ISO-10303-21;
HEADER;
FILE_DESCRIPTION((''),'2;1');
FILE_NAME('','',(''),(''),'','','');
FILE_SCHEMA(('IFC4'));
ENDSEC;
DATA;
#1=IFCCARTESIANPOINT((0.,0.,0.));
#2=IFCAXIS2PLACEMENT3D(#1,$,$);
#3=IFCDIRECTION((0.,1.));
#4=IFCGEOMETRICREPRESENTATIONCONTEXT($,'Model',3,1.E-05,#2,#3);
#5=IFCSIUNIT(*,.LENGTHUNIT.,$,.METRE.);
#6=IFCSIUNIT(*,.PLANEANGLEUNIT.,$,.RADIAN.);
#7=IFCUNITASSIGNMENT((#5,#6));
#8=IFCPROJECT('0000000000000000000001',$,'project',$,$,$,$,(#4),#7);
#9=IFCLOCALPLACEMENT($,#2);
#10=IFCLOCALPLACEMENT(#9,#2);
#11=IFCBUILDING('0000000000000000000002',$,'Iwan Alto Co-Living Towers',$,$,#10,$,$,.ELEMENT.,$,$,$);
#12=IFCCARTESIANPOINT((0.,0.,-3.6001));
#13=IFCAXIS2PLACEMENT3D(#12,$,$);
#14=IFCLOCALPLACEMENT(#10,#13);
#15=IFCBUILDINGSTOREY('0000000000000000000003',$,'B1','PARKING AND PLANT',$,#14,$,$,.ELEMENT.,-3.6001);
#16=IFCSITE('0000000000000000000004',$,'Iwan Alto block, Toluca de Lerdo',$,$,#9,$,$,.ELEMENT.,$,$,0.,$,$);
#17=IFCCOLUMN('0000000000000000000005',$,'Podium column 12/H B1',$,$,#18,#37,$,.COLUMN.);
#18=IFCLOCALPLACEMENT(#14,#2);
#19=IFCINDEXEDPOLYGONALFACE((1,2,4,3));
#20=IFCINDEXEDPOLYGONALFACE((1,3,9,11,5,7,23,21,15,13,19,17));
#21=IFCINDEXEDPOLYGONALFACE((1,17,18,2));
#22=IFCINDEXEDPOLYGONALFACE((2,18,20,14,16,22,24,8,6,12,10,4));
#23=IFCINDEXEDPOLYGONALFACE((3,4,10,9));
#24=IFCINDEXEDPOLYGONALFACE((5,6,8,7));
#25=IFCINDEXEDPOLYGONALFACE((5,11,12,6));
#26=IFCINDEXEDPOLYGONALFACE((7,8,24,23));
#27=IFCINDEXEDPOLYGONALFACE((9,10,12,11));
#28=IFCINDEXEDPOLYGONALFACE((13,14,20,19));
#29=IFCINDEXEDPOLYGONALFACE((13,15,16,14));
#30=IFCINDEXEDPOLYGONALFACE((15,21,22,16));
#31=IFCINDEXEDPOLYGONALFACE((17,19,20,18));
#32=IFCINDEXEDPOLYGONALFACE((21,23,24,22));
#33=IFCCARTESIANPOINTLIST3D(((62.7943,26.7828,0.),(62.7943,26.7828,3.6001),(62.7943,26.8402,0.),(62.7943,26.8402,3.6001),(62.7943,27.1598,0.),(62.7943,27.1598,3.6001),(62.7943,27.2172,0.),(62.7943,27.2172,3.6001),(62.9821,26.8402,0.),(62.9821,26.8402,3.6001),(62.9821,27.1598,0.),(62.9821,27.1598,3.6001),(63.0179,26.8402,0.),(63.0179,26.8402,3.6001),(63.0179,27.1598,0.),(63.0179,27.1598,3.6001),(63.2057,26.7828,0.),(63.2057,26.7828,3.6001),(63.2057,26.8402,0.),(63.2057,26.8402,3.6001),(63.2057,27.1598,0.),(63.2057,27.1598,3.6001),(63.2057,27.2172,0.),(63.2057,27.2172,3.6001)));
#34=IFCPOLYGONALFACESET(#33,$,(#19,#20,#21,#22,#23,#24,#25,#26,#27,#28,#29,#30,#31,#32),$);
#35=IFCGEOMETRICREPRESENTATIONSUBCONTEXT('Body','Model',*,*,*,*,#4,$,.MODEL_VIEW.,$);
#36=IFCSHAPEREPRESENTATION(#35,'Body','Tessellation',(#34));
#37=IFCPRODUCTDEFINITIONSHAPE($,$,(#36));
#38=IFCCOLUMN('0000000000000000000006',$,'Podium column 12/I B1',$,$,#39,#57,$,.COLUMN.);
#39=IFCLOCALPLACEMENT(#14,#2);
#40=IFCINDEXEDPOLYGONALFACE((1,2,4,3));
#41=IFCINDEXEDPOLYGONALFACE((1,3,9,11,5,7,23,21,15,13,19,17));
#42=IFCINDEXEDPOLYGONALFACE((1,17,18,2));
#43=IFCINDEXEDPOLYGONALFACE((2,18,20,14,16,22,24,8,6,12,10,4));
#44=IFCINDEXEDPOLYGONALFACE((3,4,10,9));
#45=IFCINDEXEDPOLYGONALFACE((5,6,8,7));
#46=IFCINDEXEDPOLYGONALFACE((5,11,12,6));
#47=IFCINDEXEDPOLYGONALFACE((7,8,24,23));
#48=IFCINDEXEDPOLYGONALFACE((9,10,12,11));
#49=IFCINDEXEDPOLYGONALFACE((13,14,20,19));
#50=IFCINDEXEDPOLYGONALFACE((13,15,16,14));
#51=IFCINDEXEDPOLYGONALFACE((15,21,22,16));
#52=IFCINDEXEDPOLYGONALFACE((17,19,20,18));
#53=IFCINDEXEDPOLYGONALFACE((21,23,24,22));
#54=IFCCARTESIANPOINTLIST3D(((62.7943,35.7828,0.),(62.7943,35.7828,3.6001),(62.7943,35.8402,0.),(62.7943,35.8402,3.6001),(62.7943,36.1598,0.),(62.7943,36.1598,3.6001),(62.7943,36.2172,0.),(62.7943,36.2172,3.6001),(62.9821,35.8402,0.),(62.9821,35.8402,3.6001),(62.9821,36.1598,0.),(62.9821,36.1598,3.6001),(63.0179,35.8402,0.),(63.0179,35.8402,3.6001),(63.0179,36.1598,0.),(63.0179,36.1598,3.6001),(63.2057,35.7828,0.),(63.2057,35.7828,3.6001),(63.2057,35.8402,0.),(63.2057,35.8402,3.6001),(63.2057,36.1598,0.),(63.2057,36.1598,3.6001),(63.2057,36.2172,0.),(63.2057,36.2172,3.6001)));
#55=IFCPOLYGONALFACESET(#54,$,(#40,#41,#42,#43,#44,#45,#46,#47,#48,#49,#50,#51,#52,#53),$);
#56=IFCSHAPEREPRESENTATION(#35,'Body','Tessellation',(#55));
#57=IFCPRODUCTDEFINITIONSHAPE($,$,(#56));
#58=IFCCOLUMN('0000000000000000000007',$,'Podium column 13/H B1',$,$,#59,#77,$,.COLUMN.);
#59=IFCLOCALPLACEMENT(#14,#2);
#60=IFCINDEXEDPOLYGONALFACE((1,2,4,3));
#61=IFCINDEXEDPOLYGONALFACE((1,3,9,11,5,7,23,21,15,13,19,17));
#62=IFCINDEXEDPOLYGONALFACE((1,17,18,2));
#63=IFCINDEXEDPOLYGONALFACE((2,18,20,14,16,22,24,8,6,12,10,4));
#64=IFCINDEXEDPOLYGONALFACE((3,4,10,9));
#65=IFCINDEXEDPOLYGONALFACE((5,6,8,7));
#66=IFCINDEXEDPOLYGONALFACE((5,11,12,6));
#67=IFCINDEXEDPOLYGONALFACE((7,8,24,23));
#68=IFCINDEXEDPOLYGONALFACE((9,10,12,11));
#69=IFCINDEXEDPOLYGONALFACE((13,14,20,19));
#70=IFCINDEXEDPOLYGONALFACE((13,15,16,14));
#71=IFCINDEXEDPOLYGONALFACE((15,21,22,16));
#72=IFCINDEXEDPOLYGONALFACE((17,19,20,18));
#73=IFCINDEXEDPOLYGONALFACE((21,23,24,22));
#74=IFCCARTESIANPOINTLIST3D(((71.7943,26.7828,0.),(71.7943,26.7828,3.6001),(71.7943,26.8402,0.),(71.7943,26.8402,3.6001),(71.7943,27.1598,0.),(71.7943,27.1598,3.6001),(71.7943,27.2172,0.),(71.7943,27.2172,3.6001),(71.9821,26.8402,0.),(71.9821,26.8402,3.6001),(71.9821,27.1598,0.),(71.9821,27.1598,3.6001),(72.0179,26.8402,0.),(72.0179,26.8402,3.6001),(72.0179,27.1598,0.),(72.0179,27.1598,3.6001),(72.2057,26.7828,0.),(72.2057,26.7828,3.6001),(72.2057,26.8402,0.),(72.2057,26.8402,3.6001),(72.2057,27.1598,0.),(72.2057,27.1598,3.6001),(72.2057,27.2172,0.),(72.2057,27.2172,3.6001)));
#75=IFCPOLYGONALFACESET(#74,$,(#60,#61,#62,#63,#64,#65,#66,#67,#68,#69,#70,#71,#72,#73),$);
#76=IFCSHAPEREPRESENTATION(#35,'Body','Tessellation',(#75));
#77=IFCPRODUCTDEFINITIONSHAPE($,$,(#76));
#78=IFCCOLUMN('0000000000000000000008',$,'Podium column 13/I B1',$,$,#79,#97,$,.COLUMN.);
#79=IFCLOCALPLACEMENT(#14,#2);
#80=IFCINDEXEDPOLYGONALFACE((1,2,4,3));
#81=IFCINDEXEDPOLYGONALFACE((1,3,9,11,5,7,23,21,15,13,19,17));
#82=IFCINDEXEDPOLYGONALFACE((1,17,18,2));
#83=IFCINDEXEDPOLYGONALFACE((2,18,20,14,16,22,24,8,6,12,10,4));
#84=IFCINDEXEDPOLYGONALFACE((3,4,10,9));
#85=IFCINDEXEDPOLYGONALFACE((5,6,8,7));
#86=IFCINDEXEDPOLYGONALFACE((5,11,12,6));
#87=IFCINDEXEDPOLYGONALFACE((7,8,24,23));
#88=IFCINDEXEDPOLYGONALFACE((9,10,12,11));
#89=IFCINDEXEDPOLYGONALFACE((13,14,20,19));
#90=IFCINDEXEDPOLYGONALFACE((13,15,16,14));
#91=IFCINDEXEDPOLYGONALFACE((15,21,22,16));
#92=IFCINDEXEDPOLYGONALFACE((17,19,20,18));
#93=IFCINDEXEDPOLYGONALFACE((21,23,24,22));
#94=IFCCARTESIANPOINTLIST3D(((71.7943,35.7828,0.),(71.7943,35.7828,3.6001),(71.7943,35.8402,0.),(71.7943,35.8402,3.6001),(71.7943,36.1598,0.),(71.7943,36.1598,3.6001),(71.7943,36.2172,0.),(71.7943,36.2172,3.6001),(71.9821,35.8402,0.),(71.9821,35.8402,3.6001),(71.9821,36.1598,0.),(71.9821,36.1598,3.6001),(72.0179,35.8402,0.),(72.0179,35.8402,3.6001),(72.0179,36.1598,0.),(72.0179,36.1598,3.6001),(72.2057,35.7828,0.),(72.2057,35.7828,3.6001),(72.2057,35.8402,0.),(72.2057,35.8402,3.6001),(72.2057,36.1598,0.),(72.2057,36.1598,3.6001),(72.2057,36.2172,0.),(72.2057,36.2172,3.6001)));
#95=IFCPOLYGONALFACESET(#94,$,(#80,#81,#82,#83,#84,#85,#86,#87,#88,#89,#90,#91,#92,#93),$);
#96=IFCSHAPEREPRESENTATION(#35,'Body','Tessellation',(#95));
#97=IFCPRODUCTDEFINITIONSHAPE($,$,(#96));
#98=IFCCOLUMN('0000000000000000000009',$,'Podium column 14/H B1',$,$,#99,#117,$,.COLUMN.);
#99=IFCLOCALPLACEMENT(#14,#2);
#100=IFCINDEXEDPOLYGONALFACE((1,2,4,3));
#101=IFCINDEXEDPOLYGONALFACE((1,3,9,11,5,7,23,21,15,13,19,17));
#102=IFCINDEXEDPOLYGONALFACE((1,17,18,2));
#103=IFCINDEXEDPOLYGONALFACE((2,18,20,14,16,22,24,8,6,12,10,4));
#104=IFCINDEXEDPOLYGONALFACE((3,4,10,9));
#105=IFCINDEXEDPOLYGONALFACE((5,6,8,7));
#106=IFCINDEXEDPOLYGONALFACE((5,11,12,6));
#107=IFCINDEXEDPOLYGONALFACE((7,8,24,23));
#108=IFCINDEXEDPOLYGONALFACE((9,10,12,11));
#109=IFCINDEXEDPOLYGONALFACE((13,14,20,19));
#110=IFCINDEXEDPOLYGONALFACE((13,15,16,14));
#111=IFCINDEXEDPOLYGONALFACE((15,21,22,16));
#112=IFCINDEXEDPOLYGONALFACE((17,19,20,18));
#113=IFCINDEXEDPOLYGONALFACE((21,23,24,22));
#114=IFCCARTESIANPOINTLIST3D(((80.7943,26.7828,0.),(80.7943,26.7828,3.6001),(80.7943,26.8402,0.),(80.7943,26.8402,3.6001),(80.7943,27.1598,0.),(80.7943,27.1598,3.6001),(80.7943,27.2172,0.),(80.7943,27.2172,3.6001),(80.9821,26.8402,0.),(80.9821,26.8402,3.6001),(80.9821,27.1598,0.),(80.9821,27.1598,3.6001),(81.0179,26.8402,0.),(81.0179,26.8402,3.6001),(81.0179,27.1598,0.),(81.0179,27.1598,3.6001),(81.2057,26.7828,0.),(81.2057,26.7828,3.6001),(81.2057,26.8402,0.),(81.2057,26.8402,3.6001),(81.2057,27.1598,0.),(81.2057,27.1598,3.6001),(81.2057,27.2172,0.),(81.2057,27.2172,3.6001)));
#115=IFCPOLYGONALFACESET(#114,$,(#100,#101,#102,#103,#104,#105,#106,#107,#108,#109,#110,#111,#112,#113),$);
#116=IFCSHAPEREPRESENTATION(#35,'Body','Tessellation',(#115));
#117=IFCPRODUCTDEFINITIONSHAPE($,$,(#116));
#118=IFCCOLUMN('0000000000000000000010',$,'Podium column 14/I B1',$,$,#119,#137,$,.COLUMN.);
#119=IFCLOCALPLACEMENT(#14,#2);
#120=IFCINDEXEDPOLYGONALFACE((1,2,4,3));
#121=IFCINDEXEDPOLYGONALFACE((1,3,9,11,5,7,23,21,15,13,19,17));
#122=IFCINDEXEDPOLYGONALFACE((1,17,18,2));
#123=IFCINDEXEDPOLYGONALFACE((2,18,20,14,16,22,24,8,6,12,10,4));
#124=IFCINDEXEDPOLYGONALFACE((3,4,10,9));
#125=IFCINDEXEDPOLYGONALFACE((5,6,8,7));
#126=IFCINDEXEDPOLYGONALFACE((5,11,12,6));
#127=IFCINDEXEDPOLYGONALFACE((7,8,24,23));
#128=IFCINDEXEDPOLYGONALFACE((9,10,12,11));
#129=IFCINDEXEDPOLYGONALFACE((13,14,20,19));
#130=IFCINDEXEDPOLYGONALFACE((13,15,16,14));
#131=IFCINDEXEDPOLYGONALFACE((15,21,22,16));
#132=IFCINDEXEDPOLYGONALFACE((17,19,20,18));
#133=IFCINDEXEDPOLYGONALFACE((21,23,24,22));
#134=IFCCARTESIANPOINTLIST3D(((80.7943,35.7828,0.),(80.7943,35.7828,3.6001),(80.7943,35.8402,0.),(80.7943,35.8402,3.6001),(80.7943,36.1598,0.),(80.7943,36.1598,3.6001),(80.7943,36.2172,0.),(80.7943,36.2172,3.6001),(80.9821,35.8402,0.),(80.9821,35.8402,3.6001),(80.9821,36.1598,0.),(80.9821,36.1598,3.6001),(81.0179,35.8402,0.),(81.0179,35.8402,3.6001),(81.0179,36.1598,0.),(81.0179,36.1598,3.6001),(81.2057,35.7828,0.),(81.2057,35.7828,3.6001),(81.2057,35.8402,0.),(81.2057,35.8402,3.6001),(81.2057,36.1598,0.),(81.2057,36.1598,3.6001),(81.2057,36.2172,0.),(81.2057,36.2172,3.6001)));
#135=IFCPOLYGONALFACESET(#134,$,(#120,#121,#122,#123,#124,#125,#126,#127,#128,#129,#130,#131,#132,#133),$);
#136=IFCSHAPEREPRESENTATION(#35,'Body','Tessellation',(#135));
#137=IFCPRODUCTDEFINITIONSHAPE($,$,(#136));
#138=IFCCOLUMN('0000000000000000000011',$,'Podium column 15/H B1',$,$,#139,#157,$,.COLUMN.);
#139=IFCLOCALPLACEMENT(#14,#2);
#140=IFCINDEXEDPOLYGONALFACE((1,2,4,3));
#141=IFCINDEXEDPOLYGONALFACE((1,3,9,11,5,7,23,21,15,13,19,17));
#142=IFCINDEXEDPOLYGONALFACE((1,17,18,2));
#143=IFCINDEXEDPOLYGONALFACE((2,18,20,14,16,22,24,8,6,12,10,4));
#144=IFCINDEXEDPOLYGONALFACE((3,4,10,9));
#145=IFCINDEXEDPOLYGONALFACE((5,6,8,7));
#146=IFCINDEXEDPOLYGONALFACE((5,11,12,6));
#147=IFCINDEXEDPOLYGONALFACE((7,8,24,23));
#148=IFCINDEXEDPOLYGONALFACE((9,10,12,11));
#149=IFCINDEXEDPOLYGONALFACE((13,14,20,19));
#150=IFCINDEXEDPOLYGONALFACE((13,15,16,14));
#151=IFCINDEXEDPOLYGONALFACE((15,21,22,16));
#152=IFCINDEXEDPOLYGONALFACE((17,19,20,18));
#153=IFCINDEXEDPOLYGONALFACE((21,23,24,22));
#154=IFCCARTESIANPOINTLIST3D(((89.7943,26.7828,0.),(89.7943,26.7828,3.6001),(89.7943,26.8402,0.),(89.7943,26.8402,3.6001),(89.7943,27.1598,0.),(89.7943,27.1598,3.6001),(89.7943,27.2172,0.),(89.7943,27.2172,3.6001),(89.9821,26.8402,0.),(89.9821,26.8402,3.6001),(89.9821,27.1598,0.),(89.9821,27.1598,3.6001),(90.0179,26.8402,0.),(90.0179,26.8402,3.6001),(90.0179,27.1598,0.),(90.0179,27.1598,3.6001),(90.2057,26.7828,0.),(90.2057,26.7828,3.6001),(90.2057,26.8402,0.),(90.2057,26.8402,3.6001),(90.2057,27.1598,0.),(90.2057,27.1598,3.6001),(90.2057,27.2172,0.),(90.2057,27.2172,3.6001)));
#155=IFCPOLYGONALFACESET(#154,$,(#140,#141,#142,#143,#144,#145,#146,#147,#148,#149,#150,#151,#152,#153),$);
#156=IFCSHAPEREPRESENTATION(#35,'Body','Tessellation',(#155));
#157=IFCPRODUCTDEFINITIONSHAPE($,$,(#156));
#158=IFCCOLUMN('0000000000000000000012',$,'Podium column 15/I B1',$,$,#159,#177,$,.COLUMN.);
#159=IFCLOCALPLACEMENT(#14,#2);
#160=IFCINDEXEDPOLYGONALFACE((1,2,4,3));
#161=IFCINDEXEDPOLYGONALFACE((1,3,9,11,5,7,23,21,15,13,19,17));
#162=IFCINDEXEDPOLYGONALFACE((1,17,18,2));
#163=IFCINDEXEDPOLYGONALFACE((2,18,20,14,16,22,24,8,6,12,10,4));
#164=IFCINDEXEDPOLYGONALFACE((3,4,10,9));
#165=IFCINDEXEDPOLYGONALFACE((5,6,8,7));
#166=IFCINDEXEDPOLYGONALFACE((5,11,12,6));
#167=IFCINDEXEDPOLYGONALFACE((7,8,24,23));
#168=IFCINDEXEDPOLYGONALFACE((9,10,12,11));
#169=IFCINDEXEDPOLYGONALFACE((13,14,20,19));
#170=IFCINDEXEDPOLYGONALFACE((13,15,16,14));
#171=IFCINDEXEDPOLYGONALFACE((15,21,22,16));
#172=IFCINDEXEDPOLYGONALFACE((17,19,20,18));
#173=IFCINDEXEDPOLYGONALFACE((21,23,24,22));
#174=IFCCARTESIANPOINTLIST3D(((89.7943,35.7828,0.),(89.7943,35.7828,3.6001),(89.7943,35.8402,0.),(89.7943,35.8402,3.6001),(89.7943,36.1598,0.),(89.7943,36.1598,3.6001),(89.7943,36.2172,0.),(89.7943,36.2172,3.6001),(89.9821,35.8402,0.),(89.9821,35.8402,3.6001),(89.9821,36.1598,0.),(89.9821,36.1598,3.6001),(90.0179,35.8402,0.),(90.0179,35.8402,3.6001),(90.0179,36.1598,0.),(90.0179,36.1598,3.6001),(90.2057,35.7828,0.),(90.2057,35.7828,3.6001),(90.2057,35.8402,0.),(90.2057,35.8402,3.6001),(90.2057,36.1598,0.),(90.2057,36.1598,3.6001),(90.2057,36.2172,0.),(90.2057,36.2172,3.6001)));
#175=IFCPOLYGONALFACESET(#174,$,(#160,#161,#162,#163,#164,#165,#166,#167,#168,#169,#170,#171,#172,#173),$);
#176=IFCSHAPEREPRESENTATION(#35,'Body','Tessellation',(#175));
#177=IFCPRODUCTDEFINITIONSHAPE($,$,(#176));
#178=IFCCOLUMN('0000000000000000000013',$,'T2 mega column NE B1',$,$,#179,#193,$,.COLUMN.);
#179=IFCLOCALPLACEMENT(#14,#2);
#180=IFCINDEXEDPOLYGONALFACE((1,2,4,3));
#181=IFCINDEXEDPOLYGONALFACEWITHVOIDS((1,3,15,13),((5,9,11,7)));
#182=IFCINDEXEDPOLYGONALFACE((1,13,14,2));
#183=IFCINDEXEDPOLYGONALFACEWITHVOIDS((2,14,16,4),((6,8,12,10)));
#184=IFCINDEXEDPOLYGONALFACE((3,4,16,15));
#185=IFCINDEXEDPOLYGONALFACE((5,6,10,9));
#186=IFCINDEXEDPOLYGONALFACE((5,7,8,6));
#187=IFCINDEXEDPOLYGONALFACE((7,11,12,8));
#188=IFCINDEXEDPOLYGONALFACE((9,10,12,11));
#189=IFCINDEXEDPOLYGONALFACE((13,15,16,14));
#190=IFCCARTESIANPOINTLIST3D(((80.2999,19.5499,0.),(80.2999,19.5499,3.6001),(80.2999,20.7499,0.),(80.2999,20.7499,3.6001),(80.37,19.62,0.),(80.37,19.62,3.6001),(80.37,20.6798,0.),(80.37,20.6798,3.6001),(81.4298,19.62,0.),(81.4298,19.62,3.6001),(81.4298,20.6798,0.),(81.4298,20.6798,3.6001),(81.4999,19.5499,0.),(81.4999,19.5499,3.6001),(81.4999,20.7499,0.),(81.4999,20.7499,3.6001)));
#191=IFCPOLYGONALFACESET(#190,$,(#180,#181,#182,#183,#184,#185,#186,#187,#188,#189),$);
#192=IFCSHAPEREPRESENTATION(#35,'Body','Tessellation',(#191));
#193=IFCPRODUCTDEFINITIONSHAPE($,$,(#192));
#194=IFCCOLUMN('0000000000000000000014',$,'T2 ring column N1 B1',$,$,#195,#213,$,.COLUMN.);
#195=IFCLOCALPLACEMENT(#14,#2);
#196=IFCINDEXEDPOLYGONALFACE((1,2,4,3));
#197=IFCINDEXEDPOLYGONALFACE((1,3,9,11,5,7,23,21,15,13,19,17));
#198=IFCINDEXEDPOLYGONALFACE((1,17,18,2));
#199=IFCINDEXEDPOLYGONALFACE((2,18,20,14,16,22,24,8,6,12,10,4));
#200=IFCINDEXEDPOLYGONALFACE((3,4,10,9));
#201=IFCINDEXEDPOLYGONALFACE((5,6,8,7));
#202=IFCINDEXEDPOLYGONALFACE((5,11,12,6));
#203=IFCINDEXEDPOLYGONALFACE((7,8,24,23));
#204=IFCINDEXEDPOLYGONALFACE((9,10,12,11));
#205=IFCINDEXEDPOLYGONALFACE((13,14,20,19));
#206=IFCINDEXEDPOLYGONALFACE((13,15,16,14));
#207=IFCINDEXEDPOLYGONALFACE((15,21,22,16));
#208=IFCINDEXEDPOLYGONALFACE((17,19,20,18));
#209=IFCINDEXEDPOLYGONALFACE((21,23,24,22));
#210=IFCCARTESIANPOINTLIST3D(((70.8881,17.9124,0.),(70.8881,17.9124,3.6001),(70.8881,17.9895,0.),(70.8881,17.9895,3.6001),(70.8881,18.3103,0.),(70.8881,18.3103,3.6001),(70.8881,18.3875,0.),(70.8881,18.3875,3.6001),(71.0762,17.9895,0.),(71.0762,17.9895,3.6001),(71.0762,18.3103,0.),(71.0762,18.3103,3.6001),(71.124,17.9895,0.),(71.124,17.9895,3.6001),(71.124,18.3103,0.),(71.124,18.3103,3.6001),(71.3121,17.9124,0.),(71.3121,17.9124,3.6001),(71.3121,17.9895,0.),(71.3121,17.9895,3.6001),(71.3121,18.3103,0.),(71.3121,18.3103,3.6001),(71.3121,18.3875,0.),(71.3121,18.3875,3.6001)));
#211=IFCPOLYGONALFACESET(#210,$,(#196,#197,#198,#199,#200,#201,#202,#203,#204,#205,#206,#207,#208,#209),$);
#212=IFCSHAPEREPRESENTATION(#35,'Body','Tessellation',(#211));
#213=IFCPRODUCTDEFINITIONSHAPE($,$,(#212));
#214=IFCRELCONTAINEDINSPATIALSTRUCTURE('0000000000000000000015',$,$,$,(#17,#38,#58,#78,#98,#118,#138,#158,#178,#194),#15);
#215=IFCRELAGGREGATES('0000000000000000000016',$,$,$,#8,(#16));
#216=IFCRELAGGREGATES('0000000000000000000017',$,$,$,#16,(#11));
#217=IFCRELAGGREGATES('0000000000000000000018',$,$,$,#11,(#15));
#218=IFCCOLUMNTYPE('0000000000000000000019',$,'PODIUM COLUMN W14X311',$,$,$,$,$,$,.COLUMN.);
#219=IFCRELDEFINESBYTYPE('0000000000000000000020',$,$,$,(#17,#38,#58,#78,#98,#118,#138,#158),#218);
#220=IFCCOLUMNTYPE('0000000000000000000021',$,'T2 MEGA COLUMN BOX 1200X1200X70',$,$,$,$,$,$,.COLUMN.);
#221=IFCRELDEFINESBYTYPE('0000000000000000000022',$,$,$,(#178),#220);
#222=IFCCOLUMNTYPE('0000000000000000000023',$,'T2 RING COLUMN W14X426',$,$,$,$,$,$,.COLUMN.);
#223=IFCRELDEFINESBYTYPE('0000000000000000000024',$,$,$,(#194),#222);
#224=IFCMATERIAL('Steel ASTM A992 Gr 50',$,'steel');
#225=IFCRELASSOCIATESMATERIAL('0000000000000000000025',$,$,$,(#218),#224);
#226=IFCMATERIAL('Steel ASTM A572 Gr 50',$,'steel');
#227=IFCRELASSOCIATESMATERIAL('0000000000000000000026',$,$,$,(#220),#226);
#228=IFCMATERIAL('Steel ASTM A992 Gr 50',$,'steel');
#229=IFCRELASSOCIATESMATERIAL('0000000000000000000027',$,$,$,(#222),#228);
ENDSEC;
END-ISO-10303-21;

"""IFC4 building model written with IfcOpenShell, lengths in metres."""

from ifc_helpers import new_model, si_unit, direction, frame, origin, origin_2d, place, context, subcontext, project, spatial, hollow_rectangle, i_section, extrude, material, material_profile, profile_set, type_object, element, save


model = new_model("IFC4")

# Units and contexts
model_context = context("Model", 3, precision=1e-05, world=origin(), true_north=direction((0.0, 1.0)))
body_context = subcontext(model_context, "Body", "Model", "MODEL_VIEW")
ifc_project = project(units=[si_unit("LENGTHUNIT", "METRE"), si_unit("PLANEANGLEUNIT", "RADIAN")], contexts=[model_context])

# Site, building, storey
site_placement = place(None, origin())
site = spatial("IfcSite", under=ifc_project, at=site_placement, Name="Iwan Alto block, Toluca de Lerdo", CompositionType="ELEMENT", RefElevation=0.0)
building_placement = place(site_placement, origin())
building = spatial("IfcBuilding", under=site, at=building_placement, Name="Iwan Alto Co-Living Towers", CompositionType="ELEMENT")
storey_placement = place(building_placement, frame((0.0, 0.0, -3.6001)))
storey = spatial("IfcBuildingStorey", under=building, at=storey_placement, Name="B1", Description="PARKING AND PLANT", CompositionType="ELEMENT", Elevation=-3.6001)

# Columns
ifc_material_1 = material(Name="Steel ASTM A992 Gr 50", Category="steel")
ifc_material_profile_1 = material_profile(ifc_material_1, i_section(OverallWidth=0.4114, OverallDepth=0.4343, WebThickness=0.0359, FlangeThickness=0.0574, at=origin_2d()), Name="W14X311")
ifc_profile_set_1 = profile_set([ifc_material_profile_1], Name="Steel ASTM A992 Gr 50")
column_type_1 = type_object("IfcColumnType", Name="PODIUM COLUMN W14X311", PredefinedType="COLUMN", material=ifc_profile_set_1)
for number, where, z_axis, x_axis, name in (
    (1, (63.0, 27.0, 0.0), (0.0, 0.0, 1.0), (1.0, 0.0, 0.0), "Podium column 12/H B1"),
    (2, (63.0, 36.0, 0.0), (0.0, 0.0, 1.0), (1.0, 0.0, 0.0), "Podium column 12/I B1"),
    (3, (72.0, 27.0, 0.0), (0.0, 0.0, 1.0), (1.0, 0.0, 0.0), "Podium column 13/H B1"),
    (4, (72.0, 36.0, 0.0), (0.0, 0.0, 1.0), (1.0, 0.0, 0.0), "Podium column 13/I B1"),
    (5, (81.0, 27.0, 0.0), (0.0, 0.0, 1.0), (1.0, 0.0, 0.0), "Podium column 14/H B1"),
    (6, (81.0, 36.0, 0.0), (0.0, 0.0, 1.0), (1.0, 0.0, 0.0), "Podium column 14/I B1"),
    (7, (90.0, 27.0, 0.0), (0.0, 0.0, 1.0), (1.0, 0.0, 0.0), "Podium column 15/H B1"),
    (8, (90.0, 36.0, 0.0), (0.0, 0.0, 1.0), (1.0, 0.0, 0.0), "Podium column 15/I B1"),
):
    element("IfcColumn", number, at=place(storey_placement, frame(where, z_axis=z_axis, x_axis=x_axis)), inside=storey, type_object=column_type_1, Name=name, PredefinedType="COLUMN", context=body_context, shape_type="SweptSolid", body=[
        extrude(i_section(OverallWidth=0.4114, OverallDepth=0.4343, WebThickness=0.0359, FlangeThickness=0.0574, at=origin_2d()), origin(), (0.0, 0.0, 1.0), 3.6001),
    ])
ifc_material_2 = material(Name="Steel ASTM A572 Gr 50", Category="steel")
ifc_material_profile_2 = material_profile(ifc_material_2, hollow_rectangle(XDim=1.2, YDim=1.2, WallThickness=0.0701, at=origin_2d()), Name="BOX 1200X1200X70")
ifc_profile_set_2 = profile_set([ifc_material_profile_2], Name="Steel ASTM A572 Gr 50")
column_type_2 = type_object("IfcColumnType", Name="T2 MEGA COLUMN BOX 1200X1200X70", PredefinedType="COLUMN", material=ifc_profile_set_2)
column_placement = place(storey_placement, frame((80.8999, 20.1499, 0.0), z_axis=(0.0, 0.0, 1.0), x_axis=(1.0, 0.0, 0.0)))
element("IfcColumn", 9, at=column_placement, inside=storey, type_object=column_type_2, Name="T2 mega column NE B1", PredefinedType="COLUMN", context=body_context, shape_type="SweptSolid", body=[
    extrude(hollow_rectangle(XDim=1.2, YDim=1.2, WallThickness=0.0701, at=origin_2d()), origin(), (0.0, 0.0, 1.0), 3.6001),
])
ifc_material_3 = material(Name="Steel ASTM A992 Gr 50", Category="steel")
ifc_material_profile_3 = material_profile(ifc_material_3, i_section(OverallWidth=0.4241, OverallDepth=0.4751, WebThickness=0.0479, FlangeThickness=0.0771, at=origin_2d()), Name="W14X426")
ifc_profile_set_3 = profile_set([ifc_material_profile_3], Name="Steel ASTM A992 Gr 50")
column_type_3 = type_object("IfcColumnType", Name="T2 RING COLUMN W14X426", PredefinedType="COLUMN", material=ifc_profile_set_3)
for number, where, z_axis, x_axis, name in (
    (10, (71.1001, 18.1499, 0.0), (0.0, 0.0, 1.0), (1.0, 0.0, 0.0), "T2 ring column N1 B1"),
):
    element("IfcColumn", number, at=place(storey_placement, frame(where, z_axis=z_axis, x_axis=x_axis)), inside=storey, type_object=column_type_3, Name=name, PredefinedType="COLUMN", context=body_context, shape_type="SweptSolid", body=[
        extrude(i_section(OverallWidth=0.4241, OverallDepth=0.4751, WebThickness=0.0479, FlangeThickness=0.0771, at=origin_2d()), origin(), (0.0, 0.0, 1.0), 3.6001),
    ])

save(model, "model.ifc")
